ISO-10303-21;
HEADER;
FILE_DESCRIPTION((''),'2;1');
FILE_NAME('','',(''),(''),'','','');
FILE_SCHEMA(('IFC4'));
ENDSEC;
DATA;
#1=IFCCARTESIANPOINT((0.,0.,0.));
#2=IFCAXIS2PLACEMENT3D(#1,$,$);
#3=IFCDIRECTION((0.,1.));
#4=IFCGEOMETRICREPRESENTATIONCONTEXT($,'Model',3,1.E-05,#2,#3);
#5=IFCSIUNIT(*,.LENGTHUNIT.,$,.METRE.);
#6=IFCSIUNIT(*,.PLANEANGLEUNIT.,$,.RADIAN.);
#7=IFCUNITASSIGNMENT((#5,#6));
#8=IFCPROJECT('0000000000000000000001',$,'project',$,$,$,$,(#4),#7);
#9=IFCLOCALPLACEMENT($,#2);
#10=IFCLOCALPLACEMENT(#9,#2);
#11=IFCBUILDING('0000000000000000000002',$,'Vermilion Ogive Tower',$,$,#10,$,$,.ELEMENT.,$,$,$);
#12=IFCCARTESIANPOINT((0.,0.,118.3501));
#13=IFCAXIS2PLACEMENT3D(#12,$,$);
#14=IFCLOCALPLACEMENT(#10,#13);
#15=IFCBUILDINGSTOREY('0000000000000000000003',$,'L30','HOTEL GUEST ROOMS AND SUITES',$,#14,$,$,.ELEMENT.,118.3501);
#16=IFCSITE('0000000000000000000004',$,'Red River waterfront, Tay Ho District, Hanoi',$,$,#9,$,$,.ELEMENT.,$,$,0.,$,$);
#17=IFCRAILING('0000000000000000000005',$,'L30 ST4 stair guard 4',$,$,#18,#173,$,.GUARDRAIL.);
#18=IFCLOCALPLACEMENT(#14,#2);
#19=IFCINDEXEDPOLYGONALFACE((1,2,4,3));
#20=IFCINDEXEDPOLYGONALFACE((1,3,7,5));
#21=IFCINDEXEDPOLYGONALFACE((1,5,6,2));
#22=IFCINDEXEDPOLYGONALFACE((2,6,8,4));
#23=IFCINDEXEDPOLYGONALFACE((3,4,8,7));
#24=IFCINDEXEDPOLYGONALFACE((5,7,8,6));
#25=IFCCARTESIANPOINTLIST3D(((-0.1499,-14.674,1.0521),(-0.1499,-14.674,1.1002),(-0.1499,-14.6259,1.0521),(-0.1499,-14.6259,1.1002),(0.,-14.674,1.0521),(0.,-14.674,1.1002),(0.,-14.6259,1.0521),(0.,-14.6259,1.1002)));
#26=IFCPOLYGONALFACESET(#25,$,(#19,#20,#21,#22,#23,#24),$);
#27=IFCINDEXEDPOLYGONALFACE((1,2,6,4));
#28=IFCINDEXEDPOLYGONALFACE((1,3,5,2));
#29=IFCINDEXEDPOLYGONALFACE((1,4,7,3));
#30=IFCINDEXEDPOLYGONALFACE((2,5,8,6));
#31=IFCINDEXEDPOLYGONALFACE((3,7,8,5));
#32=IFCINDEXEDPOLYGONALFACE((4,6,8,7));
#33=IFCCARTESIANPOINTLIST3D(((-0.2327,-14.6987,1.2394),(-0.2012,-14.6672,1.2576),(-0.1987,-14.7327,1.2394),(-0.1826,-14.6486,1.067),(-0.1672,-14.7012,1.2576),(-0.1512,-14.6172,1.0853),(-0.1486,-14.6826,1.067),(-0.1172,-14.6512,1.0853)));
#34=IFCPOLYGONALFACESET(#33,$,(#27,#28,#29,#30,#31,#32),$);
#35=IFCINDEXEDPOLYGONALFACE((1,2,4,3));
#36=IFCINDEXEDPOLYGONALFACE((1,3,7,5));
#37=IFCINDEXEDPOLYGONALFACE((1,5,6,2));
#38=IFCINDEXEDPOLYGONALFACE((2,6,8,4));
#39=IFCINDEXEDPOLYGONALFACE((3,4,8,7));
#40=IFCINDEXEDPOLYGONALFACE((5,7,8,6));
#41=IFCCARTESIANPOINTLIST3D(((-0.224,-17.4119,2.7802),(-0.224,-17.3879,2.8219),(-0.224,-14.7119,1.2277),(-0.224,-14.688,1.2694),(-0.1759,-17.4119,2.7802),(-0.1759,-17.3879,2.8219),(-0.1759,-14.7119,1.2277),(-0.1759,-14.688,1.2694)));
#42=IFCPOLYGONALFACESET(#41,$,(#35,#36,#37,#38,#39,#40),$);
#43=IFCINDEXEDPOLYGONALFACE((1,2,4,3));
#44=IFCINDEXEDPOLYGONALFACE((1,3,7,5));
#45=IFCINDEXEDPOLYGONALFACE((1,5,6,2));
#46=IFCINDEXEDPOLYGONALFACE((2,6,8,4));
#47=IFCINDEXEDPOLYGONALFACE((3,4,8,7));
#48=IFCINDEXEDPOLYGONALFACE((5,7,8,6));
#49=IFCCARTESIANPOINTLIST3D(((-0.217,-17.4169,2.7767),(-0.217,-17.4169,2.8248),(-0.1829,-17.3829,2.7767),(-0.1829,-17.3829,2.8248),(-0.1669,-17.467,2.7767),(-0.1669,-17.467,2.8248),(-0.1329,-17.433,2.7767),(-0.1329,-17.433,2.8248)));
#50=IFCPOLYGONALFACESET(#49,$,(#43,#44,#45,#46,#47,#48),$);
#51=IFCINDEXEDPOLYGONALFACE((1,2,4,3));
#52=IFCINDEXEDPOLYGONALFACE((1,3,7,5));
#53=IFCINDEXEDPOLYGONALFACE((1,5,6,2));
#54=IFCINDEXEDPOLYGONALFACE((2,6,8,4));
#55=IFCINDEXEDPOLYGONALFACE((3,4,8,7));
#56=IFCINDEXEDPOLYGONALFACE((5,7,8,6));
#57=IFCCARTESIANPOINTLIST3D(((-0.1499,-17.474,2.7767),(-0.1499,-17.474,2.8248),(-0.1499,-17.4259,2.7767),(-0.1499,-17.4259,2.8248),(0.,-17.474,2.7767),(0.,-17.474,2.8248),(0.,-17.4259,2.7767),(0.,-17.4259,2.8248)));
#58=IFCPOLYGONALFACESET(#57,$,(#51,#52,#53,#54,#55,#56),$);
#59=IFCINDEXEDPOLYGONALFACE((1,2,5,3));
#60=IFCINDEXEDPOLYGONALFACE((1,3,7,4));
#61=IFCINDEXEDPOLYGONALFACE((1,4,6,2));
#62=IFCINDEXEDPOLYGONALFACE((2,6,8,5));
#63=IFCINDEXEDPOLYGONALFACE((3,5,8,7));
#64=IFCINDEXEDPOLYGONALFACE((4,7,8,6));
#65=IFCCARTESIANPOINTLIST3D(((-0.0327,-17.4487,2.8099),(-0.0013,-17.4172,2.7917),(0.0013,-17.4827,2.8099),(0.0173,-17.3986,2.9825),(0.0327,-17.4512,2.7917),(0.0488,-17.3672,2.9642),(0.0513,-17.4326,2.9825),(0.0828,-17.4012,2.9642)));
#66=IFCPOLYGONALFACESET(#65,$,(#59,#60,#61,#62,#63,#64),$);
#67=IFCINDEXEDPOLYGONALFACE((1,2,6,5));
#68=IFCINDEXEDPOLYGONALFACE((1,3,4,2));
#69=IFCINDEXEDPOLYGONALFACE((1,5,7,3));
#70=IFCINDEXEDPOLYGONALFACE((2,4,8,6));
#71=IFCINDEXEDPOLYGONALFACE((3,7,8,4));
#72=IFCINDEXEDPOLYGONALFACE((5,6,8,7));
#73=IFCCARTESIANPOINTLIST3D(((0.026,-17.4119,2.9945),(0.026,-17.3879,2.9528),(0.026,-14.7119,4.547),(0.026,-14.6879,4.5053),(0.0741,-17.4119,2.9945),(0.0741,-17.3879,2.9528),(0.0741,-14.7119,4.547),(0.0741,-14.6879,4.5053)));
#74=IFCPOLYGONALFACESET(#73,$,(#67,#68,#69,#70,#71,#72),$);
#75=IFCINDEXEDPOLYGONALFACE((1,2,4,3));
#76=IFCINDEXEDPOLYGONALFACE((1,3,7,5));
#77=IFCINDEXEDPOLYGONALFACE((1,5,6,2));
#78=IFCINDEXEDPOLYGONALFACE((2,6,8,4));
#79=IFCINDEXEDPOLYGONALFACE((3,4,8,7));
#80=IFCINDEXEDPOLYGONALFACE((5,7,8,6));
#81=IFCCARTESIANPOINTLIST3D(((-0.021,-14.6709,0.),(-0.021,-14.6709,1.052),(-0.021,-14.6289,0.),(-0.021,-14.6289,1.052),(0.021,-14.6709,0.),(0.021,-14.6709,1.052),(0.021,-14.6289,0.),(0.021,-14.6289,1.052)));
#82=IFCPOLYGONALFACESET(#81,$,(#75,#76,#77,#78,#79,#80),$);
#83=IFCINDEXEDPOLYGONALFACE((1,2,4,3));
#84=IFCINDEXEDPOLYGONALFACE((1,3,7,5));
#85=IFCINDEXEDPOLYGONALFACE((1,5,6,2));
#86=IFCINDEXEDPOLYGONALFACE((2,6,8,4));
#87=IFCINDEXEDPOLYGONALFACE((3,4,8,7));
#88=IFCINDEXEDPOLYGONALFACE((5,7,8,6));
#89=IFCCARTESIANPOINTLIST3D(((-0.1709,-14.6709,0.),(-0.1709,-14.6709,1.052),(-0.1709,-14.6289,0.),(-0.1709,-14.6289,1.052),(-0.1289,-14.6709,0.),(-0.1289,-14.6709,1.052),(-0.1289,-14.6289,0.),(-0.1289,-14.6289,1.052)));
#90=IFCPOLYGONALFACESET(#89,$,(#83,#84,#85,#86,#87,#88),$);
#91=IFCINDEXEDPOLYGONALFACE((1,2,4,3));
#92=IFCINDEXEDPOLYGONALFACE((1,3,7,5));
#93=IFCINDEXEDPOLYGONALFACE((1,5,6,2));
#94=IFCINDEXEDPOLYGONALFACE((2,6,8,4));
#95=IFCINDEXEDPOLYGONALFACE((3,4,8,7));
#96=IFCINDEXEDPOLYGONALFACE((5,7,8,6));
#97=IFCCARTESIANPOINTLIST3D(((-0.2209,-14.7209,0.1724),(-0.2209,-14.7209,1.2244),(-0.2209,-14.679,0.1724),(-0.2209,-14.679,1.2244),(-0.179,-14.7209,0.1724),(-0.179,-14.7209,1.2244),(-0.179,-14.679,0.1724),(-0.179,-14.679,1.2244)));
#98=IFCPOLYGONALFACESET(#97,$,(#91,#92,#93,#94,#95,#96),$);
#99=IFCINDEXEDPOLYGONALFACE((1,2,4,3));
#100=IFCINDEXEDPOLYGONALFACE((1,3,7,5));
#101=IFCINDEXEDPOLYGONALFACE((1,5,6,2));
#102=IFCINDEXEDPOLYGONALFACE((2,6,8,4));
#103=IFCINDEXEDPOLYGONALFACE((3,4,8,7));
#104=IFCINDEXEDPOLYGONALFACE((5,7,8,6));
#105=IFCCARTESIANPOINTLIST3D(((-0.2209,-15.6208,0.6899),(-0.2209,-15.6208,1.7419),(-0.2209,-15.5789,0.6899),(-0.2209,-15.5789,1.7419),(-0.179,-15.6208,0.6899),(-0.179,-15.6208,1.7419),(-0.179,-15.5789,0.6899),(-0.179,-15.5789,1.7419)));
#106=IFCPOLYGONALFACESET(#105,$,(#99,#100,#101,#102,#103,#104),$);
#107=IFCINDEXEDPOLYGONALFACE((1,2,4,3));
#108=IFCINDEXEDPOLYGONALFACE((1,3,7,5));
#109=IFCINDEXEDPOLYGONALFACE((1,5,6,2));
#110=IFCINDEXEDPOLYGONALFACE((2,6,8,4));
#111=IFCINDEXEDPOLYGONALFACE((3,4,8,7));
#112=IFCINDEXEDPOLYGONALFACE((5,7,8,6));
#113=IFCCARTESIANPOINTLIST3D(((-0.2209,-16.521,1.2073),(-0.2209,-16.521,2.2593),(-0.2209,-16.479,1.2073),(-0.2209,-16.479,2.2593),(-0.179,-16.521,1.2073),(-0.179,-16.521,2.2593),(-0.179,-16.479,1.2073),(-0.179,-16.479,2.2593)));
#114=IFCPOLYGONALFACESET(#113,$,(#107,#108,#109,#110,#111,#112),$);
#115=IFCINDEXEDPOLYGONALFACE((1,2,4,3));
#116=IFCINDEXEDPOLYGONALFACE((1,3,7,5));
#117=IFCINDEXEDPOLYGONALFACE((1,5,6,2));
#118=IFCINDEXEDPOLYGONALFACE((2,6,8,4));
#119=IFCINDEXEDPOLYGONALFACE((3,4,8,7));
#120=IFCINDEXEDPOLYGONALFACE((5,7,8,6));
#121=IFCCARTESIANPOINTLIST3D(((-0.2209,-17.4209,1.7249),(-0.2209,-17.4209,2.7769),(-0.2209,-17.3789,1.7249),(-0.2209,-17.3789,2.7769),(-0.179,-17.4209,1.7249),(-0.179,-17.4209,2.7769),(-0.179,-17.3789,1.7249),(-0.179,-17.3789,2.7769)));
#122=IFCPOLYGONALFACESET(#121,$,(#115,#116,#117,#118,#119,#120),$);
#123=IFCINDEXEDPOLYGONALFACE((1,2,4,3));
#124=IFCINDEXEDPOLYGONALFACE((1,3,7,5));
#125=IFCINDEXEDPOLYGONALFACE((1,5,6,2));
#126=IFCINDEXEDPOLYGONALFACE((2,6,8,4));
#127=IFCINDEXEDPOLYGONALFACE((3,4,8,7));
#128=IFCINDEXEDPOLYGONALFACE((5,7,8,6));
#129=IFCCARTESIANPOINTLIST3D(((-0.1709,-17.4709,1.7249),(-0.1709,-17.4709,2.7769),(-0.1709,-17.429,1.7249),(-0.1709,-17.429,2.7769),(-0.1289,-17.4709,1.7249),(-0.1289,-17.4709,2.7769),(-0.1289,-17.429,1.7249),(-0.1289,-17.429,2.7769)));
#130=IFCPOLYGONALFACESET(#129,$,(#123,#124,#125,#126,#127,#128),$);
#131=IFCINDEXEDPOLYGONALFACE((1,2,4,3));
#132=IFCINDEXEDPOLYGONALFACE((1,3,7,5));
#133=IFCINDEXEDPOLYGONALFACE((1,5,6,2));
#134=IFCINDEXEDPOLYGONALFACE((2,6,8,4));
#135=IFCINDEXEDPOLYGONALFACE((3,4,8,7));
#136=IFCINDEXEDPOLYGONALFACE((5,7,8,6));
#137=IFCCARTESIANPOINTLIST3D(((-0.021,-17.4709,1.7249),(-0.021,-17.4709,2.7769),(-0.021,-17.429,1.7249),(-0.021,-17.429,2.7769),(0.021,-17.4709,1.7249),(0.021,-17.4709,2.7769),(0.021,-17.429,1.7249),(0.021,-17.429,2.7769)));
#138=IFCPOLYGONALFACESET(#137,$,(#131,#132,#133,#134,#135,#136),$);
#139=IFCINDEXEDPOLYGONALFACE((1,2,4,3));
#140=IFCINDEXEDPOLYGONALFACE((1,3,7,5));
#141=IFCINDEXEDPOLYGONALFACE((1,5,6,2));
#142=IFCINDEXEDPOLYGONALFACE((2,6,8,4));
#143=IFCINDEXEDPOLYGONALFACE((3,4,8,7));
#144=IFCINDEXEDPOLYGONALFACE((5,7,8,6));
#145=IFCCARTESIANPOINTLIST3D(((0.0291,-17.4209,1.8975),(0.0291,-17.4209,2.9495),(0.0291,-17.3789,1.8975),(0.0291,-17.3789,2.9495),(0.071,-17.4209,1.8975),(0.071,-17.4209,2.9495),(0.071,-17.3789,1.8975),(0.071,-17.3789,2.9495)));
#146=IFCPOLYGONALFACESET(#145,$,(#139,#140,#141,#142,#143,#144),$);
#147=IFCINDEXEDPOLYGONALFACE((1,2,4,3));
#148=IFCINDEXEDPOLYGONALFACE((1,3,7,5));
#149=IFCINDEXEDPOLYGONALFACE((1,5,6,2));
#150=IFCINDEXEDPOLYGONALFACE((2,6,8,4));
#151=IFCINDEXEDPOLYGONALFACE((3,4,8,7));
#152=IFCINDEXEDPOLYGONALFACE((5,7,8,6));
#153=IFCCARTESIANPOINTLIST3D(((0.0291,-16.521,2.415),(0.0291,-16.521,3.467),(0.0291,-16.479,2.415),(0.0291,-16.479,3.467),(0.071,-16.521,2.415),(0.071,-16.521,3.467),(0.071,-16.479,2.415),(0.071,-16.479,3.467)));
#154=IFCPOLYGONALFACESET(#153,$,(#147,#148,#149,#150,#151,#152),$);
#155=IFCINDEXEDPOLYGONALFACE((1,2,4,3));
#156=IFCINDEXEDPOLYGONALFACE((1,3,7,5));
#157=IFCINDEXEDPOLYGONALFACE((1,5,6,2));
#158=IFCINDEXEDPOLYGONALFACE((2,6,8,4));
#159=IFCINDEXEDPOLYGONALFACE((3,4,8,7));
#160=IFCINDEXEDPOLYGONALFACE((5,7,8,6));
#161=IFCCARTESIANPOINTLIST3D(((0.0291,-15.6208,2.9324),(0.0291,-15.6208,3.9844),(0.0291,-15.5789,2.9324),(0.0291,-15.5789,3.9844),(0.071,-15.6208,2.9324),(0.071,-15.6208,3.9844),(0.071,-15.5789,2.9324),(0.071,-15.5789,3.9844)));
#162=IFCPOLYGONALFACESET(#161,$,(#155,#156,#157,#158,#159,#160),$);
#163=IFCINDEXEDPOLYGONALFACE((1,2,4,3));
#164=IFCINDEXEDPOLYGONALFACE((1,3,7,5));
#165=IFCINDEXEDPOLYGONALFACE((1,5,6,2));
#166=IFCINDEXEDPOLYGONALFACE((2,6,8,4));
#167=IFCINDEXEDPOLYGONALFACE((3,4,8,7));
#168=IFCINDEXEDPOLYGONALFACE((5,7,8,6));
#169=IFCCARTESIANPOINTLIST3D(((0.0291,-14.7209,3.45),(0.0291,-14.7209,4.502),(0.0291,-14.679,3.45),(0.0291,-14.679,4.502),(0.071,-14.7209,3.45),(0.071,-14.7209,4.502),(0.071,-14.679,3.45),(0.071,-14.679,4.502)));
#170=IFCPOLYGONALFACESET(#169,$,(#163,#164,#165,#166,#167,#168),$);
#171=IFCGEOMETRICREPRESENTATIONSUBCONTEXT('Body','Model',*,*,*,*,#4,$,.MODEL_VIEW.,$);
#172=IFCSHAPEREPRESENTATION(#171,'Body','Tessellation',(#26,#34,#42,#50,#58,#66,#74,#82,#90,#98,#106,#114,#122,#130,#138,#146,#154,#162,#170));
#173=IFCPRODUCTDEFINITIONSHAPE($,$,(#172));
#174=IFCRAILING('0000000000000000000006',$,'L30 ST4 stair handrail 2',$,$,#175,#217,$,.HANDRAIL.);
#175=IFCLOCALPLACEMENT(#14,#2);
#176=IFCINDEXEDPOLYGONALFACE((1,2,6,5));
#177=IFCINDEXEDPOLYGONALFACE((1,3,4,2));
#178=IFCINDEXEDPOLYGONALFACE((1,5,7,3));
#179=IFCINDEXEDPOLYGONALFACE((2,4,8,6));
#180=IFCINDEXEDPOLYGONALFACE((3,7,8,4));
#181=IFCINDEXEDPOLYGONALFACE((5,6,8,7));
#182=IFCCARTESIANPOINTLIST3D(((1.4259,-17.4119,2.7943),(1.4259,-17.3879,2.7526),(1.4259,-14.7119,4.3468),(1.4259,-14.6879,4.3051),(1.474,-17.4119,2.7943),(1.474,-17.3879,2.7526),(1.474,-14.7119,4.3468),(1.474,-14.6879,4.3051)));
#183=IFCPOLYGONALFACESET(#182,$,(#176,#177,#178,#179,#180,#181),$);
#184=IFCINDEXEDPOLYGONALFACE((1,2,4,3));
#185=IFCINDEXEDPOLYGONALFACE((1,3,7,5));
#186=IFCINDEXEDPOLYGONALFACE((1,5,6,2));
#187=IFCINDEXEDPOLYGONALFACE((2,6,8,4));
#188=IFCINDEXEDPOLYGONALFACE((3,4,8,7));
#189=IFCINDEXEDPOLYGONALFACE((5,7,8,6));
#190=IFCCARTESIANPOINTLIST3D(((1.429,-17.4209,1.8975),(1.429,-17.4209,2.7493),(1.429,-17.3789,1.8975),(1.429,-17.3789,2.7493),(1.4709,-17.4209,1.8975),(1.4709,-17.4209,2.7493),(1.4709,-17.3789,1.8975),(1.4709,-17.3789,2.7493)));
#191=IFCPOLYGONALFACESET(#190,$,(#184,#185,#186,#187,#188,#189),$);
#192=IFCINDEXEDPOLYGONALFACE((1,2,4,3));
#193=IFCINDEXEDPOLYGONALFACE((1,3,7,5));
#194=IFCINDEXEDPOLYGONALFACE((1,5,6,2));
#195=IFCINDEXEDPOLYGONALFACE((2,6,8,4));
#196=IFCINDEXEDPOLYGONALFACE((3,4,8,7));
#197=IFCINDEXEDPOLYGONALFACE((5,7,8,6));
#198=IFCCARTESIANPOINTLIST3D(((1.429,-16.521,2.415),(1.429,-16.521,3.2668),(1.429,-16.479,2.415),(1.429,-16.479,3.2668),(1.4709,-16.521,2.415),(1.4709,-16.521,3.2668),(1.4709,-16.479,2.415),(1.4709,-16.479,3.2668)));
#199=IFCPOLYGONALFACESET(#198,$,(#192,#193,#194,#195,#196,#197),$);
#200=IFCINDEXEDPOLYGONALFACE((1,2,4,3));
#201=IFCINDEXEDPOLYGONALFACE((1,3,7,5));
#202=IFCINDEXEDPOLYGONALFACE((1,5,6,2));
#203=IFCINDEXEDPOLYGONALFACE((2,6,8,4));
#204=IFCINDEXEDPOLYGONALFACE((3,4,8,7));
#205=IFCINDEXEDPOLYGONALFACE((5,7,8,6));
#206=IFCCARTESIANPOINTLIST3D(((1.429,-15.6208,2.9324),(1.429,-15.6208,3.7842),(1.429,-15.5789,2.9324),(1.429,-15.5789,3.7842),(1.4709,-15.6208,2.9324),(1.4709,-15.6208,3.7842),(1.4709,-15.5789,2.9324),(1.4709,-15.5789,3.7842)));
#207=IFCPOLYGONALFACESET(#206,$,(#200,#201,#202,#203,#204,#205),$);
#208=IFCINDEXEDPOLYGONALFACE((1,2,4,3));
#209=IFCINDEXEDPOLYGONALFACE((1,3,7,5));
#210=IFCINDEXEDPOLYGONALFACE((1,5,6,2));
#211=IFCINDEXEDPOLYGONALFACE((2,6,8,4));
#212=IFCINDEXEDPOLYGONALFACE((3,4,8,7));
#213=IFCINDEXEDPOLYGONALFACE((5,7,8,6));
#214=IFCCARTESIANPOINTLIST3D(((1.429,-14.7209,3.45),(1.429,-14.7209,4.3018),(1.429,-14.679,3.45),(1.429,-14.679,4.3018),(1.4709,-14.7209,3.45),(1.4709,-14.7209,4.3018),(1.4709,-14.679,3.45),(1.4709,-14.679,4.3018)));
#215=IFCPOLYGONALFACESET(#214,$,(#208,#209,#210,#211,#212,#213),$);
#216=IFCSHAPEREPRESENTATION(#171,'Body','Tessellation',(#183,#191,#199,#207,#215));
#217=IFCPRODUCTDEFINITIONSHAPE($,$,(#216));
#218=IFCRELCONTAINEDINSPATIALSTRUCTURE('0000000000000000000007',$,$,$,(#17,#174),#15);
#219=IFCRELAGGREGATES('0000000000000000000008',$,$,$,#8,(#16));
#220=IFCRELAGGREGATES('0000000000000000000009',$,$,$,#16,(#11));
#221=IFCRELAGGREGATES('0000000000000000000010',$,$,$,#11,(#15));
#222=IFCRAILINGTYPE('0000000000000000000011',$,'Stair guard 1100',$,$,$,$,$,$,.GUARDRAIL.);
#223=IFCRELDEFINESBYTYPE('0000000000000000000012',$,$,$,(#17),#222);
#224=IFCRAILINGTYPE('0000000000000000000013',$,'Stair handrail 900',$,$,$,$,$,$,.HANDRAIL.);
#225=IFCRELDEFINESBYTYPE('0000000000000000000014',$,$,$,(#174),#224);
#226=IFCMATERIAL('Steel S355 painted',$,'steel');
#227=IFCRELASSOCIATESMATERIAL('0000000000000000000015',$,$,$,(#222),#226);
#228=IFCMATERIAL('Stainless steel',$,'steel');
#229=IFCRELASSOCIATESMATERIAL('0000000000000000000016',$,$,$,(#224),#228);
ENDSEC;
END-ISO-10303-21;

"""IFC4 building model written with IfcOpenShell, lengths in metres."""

from ifc_helpers import new_model, si_unit, direction, frame, origin, origin_2d, place, context, subcontext, project, spatial, rectangle, extrude, material, type_object, element, save


model = new_model("IFC4")

# Units and contexts
model_context = context("Model", 3, precision=1e-05, world=origin(), true_north=direction((0.0, 1.0)))
body_context = subcontext(model_context, "Body", "Model", "MODEL_VIEW")
ifc_project = project(units=[si_unit("LENGTHUNIT", "METRE"), si_unit("PLANEANGLEUNIT", "RADIAN")], contexts=[model_context])

# Site, building, storey
site_placement = place(None, origin())
site = spatial("IfcSite", under=ifc_project, at=site_placement, Name="Red River waterfront, Tay Ho District, Hanoi", CompositionType="ELEMENT", RefElevation=0.0)
building_placement = place(site_placement, origin())
building = spatial("IfcBuilding", under=site, at=building_placement, Name="Vermilion Ogive Tower", CompositionType="ELEMENT")
storey_placement = place(building_placement, frame((0.0, 0.0, 118.3501)))
storey = spatial("IfcBuildingStorey", under=building, at=storey_placement, Name="L30", Description="HOTEL GUEST ROOMS AND SUITES", CompositionType="ELEMENT", Elevation=118.3501)

# Railings
ifc_material_1 = material(Name="Steel S355 painted", Category="steel")
railing_type_1 = type_object("IfcRailingType", Name="Stair guard 1100", PredefinedType="GUARDRAIL", material=ifc_material_1)
railing_1_placement = place(storey_placement, frame((0.0, -14.6499, 0.0)))
element("IfcRailing", 1, at=railing_1_placement, inside=storey, type_object=railing_type_1, Name="L30 ST4 stair guard 4", PredefinedType="GUARDRAIL", context=body_context, shape_type="SweptSolid", body=[
    extrude(rectangle(XDim=0.0481, YDim=0.0481, at=origin_2d()), frame((0.0, 0.0, 1.0762), z_axis=(-1.0, 0.0, 0.0), x_axis=(0.0, -1.0, 0.0)), (0.0, 0.0, 1.0), 0.1499),
    extrude(rectangle(XDim=0.0481, YDim=0.0481, at=origin_2d()), frame((-0.1499, 0.0, 1.0762), z_axis=(-0.268603, -0.268603, 0.925043), x_axis=(0.707107, -0.707107, 0.0)), (0.0, 0.0, 1.0), 0.1863),
    extrude(rectangle(XDim=0.0481, YDim=0.0481, at=origin_2d()), frame((-0.2, -0.05, 1.2485), z_axis=(0.0, -0.866904, 0.498476), x_axis=(1.0, 0.0, 0.0)), (0.0, 0.0, 1.0), 3.1145),
    extrude(rectangle(XDim=0.0481, YDim=0.0481, at=origin_2d()), frame((-0.2, -2.75, 2.8008), z_axis=(0.707107, -0.707107, 0.0), x_axis=(0.707107, 0.707107, 0.0)), (0.0, 0.0, 1.0), 0.0708),
    extrude(rectangle(XDim=0.0481, YDim=0.0481, at=origin_2d()), frame((-0.1499, -2.8, 2.8008), z_axis=(1.0, 0.0, 0.0), x_axis=(0.0, 1.0, 0.0)), (0.0, 0.0, 1.0), 0.1499),
    extrude(rectangle(XDim=0.0481, YDim=0.0481, at=origin_2d()), frame((0.0, -2.8, 2.8008), z_axis=(0.268278, 0.268278, 0.925232), x_axis=(-0.707107, 0.707107, 0.0)), (0.0, 0.0, 1.0), 0.1865),
    extrude(rectangle(XDim=0.0481, YDim=0.0481, at=origin_2d()), frame((0.05, -2.75, 2.9736), z_axis=(0.0, 0.866904, 0.498476), x_axis=(-1.0, 0.0, 0.0)), (0.0, 0.0, 1.0), 3.1145),
    extrude(rectangle(XDim=0.042, YDim=0.042, at=origin_2d()), origin(), (0.0, 0.0, 1.0), 1.052),
    extrude(rectangle(XDim=0.042, YDim=0.042, at=origin_2d()), frame((-0.1499, 0.0, 0.0)), (0.0, 0.0, 1.0), 1.052),
    extrude(rectangle(XDim=0.042, YDim=0.042, at=origin_2d()), frame((-0.2, -0.05, 0.1724)), (0.0, 0.0, 1.0), 1.052),
    extrude(rectangle(XDim=0.042, YDim=0.042, at=origin_2d()), frame((-0.2, -0.95, 0.6899)), (0.0, 0.0, 1.0), 1.052),
    extrude(rectangle(XDim=0.042, YDim=0.042, at=origin_2d()), frame((-0.2, -1.8501, 1.2073)), (0.0, 0.0, 1.0), 1.052),
    extrude(rectangle(XDim=0.042, YDim=0.042, at=origin_2d()), frame((-0.2, -2.75, 1.7249)), (0.0, 0.0, 1.0), 1.052),
    extrude(rectangle(XDim=0.042, YDim=0.042, at=origin_2d()), frame((-0.1499, -2.8, 1.7249)), (0.0, 0.0, 1.0), 1.052),
    extrude(rectangle(XDim=0.042, YDim=0.042, at=origin_2d()), frame((0.0, -2.8, 1.7249)), (0.0, 0.0, 1.0), 1.052),
    extrude(rectangle(XDim=0.042, YDim=0.042, at=origin_2d()), frame((0.05, -2.75, 1.8975)), (0.0, 0.0, 1.0), 1.052),
    extrude(rectangle(XDim=0.042, YDim=0.042, at=origin_2d()), frame((0.05, -1.8501, 2.415)), (0.0, 0.0, 1.0), 1.052),
    extrude(rectangle(XDim=0.042, YDim=0.042, at=origin_2d()), frame((0.05, -0.95, 2.9324)), (0.0, 0.0, 1.0), 1.052),
    extrude(rectangle(XDim=0.042, YDim=0.042, at=origin_2d()), frame((0.05, -0.05, 3.45)), (0.0, 0.0, 1.0), 1.052),
])
ifc_material_2 = material(Name="Stainless steel", Category="steel")
railing_type_2 = type_object("IfcRailingType", Name="Stair handrail 900", PredefinedType="HANDRAIL", material=ifc_material_2)
railing_2_placement = place(storey_placement, frame((1.45, -17.3999, 1.8975)))
element("IfcRailing", 2, at=railing_2_placement, inside=storey, type_object=railing_type_2, Name="L30 ST4 stair handrail 2", PredefinedType="HANDRAIL", context=body_context, shape_type="SweptSolid", body=[
    extrude(rectangle(XDim=0.0481, YDim=0.0481, at=origin_2d()), frame((0.0, 0.0, 0.876), z_axis=(0.0, 0.866904, 0.498476), x_axis=(-1.0, 0.0, 0.0)), (0.0, 0.0, 1.0), 3.1145),
    extrude(rectangle(XDim=0.042, YDim=0.042, at=origin_2d()), origin(), (0.0, 0.0, 1.0), 0.8518),
    extrude(rectangle(XDim=0.042, YDim=0.042, at=origin_2d()), frame((0.0, 0.8999, 0.5176)), (0.0, 0.0, 1.0), 0.8518),
    extrude(rectangle(XDim=0.042, YDim=0.042, at=origin_2d()), frame((0.0, 1.8, 1.0349)), (0.0, 0.0, 1.0), 0.8518),
    extrude(rectangle(XDim=0.042, YDim=0.042, at=origin_2d()), frame((0.0, 2.7, 1.5525)), (0.0, 0.0, 1.0), 0.8518),
])

save(model, "model.ifc")
